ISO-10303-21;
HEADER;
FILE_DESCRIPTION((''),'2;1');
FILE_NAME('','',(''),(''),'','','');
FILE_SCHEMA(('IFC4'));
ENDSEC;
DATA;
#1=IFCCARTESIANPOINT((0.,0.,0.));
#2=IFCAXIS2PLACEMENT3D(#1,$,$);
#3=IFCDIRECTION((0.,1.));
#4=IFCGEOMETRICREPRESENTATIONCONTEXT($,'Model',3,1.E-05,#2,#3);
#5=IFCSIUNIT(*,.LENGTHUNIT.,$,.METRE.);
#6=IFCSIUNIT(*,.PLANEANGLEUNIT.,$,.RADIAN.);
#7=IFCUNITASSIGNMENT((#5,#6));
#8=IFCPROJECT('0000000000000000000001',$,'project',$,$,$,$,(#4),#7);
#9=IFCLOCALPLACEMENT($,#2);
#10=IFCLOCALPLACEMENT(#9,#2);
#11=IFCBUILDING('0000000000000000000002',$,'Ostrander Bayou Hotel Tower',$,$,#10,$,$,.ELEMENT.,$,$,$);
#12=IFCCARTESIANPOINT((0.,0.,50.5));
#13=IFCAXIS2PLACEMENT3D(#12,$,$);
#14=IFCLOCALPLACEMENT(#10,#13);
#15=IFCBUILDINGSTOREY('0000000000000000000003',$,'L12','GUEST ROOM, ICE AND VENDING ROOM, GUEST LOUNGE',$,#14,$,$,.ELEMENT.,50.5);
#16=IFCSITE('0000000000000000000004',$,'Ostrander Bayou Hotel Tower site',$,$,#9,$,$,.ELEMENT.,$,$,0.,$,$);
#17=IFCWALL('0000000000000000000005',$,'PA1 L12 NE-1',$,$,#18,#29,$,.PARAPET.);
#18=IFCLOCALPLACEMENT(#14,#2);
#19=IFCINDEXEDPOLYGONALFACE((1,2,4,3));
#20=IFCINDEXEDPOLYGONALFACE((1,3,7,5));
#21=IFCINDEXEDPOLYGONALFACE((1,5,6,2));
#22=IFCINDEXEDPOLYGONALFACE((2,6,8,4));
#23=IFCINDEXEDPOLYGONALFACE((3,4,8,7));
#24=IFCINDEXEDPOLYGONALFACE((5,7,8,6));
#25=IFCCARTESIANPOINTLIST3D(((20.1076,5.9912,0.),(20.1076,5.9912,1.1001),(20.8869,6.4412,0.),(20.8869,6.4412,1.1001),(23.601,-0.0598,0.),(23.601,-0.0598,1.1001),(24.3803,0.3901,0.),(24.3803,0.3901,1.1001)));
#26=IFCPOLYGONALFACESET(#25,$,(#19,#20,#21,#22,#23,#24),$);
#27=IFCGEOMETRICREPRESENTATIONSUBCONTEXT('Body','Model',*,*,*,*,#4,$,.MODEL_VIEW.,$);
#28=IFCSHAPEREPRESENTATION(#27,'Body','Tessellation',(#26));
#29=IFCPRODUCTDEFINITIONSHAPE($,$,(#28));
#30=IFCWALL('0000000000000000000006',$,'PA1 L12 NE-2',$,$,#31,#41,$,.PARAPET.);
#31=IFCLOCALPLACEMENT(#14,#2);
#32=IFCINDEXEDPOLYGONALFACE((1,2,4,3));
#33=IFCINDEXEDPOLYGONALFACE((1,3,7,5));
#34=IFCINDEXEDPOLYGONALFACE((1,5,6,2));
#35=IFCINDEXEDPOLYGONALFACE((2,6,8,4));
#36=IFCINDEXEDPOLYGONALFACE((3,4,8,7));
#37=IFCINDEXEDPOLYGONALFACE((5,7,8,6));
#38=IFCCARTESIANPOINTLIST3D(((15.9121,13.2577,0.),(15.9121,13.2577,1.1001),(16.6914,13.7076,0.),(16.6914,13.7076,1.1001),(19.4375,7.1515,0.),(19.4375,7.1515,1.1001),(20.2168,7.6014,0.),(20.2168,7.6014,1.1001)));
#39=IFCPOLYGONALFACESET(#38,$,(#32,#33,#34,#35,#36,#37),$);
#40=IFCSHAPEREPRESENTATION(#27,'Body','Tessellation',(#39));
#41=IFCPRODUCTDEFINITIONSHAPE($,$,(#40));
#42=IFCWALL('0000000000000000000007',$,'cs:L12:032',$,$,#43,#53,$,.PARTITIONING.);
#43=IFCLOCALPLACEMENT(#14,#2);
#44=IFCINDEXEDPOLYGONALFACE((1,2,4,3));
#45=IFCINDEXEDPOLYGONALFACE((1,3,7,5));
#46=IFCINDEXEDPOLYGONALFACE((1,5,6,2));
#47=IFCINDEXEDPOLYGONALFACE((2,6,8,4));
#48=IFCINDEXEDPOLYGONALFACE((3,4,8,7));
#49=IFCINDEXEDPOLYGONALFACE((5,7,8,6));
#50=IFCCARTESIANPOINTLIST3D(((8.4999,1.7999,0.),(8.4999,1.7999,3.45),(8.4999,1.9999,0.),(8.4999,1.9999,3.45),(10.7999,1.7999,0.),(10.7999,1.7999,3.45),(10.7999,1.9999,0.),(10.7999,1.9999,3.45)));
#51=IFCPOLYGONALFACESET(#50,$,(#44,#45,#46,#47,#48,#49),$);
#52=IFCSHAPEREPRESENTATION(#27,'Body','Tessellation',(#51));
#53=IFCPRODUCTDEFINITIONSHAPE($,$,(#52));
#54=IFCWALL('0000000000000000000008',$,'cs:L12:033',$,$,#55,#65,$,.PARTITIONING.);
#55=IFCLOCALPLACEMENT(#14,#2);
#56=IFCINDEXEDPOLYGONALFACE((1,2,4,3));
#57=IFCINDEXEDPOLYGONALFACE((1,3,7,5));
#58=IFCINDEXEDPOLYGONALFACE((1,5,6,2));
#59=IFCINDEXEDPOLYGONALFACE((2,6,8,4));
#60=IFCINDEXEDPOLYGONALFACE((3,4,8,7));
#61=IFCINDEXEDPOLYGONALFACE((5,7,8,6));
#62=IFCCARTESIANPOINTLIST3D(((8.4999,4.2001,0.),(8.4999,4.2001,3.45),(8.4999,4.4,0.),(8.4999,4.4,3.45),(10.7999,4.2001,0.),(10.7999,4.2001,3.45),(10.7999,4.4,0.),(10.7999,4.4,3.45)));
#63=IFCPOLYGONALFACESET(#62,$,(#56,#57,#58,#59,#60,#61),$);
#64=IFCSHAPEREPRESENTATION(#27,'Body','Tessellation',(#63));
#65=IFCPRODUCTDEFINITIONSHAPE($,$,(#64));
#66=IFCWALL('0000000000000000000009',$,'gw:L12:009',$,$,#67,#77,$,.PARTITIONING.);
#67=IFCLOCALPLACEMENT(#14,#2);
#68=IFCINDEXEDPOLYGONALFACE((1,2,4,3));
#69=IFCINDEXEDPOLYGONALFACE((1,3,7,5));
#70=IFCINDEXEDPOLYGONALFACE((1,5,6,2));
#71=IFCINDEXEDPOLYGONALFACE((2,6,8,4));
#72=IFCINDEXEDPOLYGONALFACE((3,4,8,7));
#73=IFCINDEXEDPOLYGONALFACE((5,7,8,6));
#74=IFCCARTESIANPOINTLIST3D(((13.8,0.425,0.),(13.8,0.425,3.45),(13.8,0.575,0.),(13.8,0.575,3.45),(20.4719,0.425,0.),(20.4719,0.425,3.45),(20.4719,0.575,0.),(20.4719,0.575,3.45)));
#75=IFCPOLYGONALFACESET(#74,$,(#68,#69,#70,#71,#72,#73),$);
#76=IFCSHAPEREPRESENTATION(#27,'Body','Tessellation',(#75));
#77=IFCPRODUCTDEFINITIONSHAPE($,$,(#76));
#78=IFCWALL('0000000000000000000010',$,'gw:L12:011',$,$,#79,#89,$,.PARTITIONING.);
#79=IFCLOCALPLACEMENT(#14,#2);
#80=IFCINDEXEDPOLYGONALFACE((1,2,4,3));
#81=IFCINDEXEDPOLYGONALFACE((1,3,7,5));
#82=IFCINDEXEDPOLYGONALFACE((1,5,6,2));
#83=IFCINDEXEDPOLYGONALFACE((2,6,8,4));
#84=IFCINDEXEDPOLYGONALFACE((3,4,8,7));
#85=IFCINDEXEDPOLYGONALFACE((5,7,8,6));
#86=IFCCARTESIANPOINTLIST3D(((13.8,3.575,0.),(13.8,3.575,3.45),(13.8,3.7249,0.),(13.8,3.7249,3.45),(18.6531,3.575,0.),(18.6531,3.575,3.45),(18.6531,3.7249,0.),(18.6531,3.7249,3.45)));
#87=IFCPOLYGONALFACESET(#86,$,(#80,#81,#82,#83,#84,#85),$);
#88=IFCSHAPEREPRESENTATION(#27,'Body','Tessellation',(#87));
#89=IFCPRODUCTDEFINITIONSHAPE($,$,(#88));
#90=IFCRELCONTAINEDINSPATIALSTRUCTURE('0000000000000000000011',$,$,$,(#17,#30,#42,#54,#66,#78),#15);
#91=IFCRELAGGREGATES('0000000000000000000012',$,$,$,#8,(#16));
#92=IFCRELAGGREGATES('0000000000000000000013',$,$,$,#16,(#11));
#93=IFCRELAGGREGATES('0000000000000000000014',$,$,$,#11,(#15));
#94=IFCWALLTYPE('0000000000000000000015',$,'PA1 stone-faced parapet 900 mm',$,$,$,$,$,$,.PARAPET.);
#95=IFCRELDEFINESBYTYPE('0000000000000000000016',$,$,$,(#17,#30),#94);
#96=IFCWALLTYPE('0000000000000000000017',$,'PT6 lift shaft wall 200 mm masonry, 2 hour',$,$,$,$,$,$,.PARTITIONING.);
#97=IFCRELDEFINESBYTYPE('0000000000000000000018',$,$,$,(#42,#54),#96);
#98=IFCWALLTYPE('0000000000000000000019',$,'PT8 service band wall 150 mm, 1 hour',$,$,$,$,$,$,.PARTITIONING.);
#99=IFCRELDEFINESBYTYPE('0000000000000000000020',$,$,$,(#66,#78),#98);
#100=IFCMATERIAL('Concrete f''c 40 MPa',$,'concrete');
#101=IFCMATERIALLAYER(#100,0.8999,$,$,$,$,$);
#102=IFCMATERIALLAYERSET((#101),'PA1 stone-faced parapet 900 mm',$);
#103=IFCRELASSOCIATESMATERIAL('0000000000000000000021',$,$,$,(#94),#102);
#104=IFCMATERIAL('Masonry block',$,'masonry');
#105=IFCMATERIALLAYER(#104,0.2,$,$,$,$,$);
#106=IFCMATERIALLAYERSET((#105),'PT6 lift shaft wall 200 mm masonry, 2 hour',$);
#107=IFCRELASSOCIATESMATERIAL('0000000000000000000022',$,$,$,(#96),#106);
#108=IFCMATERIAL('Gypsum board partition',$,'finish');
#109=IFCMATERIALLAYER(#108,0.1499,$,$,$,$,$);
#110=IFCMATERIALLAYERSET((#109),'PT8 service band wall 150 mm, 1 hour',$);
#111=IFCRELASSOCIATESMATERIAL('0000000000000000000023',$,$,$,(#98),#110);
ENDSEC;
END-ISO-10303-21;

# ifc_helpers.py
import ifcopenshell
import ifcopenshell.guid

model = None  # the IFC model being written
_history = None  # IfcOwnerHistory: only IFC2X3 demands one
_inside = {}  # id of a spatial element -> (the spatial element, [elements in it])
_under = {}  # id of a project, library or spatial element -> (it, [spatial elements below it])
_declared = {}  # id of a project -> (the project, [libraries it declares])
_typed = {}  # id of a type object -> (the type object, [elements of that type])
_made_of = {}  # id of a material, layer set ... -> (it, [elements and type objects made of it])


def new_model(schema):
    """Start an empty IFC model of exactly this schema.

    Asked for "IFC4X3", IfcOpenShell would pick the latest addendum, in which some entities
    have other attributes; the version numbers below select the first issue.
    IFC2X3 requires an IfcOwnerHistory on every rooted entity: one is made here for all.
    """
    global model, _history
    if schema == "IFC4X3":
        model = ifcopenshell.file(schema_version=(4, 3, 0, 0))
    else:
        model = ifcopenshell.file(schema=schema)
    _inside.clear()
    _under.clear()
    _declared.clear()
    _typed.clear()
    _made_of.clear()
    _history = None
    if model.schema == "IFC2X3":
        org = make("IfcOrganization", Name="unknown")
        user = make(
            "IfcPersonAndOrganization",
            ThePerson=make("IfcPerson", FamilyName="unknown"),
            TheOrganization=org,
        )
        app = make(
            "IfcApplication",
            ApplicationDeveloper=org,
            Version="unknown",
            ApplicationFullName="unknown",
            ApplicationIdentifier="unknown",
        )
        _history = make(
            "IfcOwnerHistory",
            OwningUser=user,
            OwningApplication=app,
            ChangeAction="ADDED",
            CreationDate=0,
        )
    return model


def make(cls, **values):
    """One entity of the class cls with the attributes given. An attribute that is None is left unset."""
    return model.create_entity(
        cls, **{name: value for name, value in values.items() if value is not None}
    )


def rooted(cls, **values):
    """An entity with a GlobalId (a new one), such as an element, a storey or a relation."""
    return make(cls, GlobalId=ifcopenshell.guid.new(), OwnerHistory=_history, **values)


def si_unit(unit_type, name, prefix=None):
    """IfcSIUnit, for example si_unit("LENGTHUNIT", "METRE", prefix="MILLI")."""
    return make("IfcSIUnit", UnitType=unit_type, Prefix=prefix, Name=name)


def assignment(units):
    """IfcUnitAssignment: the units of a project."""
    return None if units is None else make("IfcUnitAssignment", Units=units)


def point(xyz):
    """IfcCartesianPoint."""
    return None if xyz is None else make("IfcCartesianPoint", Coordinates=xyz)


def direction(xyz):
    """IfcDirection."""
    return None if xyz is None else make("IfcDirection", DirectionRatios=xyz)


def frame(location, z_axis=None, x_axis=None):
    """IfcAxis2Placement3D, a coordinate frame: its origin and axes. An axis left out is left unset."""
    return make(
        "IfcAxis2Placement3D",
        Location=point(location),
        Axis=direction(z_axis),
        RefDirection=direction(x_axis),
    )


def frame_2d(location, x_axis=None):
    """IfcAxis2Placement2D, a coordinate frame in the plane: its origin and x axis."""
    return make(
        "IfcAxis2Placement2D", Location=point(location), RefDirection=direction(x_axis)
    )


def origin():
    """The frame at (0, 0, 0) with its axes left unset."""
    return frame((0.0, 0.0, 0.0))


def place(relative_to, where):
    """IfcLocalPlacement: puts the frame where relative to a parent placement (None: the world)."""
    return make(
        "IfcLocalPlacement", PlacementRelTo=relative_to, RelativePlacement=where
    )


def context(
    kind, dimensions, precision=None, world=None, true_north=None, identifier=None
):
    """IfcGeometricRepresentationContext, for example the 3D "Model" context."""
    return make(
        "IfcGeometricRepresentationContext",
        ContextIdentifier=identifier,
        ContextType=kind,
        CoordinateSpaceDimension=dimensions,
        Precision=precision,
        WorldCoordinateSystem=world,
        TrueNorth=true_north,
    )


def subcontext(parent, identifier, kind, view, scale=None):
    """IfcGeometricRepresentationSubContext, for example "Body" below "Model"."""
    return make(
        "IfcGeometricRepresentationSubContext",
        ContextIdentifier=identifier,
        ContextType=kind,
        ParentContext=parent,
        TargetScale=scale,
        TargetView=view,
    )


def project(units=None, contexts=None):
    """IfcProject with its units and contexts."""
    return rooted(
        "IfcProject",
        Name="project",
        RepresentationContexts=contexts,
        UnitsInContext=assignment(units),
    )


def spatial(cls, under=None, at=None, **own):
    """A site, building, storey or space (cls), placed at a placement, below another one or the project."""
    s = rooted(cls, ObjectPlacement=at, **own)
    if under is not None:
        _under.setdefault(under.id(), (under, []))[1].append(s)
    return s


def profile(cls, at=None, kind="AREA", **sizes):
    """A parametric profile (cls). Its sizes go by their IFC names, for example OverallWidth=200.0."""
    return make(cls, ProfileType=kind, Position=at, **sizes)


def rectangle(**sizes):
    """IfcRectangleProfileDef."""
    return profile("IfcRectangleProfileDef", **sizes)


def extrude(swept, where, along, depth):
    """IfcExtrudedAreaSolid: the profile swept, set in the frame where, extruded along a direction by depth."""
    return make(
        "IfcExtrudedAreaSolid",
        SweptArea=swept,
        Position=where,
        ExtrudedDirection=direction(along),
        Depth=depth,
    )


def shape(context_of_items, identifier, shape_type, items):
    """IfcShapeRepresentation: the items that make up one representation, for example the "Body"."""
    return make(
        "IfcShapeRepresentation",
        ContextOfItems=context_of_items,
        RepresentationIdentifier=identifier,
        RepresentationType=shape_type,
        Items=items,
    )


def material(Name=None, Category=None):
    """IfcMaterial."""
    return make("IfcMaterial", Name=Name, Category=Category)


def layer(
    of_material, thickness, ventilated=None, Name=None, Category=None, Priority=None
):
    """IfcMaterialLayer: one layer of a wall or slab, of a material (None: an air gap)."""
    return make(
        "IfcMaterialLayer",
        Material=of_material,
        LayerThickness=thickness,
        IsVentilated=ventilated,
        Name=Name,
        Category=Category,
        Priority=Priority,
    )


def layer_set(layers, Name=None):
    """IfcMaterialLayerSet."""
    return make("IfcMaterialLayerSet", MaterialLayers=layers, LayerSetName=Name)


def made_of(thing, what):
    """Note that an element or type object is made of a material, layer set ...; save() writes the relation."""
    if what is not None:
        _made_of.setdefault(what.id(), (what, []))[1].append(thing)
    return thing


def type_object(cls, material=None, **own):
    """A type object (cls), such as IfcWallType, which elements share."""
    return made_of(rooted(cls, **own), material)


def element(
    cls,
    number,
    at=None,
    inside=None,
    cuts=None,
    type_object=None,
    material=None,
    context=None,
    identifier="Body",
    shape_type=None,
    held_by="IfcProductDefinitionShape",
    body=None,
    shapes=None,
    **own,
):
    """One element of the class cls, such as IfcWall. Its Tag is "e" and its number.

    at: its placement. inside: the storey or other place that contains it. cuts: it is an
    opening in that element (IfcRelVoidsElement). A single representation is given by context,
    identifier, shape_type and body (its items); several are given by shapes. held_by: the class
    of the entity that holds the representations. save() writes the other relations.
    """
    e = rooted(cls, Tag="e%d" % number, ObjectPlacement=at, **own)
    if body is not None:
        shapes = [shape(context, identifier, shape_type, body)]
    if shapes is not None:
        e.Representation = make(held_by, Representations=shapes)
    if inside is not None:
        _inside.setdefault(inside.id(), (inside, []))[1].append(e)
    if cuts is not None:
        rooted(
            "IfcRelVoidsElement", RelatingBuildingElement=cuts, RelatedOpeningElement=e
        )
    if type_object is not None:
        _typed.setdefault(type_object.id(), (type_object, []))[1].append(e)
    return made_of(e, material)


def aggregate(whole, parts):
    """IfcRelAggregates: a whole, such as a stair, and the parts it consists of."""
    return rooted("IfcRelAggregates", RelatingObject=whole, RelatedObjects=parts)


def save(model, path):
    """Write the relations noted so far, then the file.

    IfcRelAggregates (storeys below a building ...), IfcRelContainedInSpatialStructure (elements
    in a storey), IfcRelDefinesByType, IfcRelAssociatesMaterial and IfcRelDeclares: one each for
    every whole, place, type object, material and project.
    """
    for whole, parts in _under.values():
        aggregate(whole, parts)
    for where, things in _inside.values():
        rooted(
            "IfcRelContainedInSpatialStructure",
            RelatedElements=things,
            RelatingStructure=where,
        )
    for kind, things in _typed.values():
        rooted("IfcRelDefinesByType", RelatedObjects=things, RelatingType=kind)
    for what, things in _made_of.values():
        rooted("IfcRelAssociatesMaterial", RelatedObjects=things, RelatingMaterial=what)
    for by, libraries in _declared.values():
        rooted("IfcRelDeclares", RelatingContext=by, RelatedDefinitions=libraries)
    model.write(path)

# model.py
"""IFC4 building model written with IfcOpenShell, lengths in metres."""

from ifc_helpers import new_model, si_unit, direction, frame, frame_2d, origin, place, context, subcontext, project, spatial, rectangle, extrude, material, layer, layer_set, type_object, element, save


model = new_model("IFC4")

# Units and contexts
model_context = context("Model", 3, precision=1e-05, world=origin(), true_north=direction((0.0, 1.0)))
body_context = subcontext(model_context, "Body", "Model", "MODEL_VIEW")
ifc_project = project(units=[si_unit("LENGTHUNIT", "METRE"), si_unit("PLANEANGLEUNIT", "RADIAN")], contexts=[model_context])

# Site, building, storey
site_placement = place(None, origin())
site = spatial("IfcSite", under=ifc_project, at=site_placement, Name="Ostrander Bayou Hotel Tower site", CompositionType="ELEMENT", RefElevation=0.0)
building_placement = place(site_placement, origin())
building = spatial("IfcBuilding", under=site, at=building_placement, Name="Ostrander Bayou Hotel Tower", CompositionType="ELEMENT")
storey_placement = place(building_placement, frame((0.0, 0.0, 50.5)))
storey = spatial("IfcBuildingStorey", under=building, at=storey_placement, Name="L12", Description="GUEST ROOM, ICE AND VENDING ROOM, GUEST LOUNGE", CompositionType="ELEMENT", Elevation=50.5)

# Walls
ifc_material_1 = material(Name="Concrete f'c 40 MPa", Category="concrete")
ifc_layer_1 = layer(ifc_material_1, 0.8999)
ifc_layer_set_1 = layer_set([ifc_layer_1], Name="PA1 stone-faced parapet 900 mm")
wall_type_1 = type_object("IfcWallType", Name="PA1 stone-faced parapet 900 mm", PredefinedType="PARAPET", material=ifc_layer_set_1)
wall_1_placement = place(storey_placement, frame((23.9907, 0.165, 0.0), z_axis=(0.0, 0.0, 1.0), x_axis=(-0.499984, 0.866035, 0.0)))
element("IfcWall", 1, at=wall_1_placement, inside=storey, type_object=wall_type_1, Name="PA1 L12 NE-1", PredefinedType="PARAPET", context=body_context, shape_type="SweptSolid", body=[
    extrude(rectangle(XDim=6.9871, YDim=0.8999, at=frame_2d((3.4937, 0.0))), origin(), (0.0, 0.0, 1.0), 1.1001),
])
wall_2_placement = place(storey_placement, frame((19.8271, 7.3765, 0.0), z_axis=(0.0, 0.0, 1.0), x_axis=(-0.499997, 0.866027, 0.0)))
element("IfcWall", 2, at=wall_2_placement, inside=storey, type_object=wall_type_1, Name="PA1 L12 NE-2", PredefinedType="PARAPET", context=body_context, shape_type="SweptSolid", body=[
    extrude(rectangle(XDim=7.0508, YDim=0.8999, at=frame_2d((3.5254, 0.0))), origin(), (0.0, 0.0, 1.0), 1.1001),
])
ifc_material_2 = material(Name="Masonry block", Category="masonry")
ifc_layer_2 = layer(ifc_material_2, 0.2)
ifc_layer_set_2 = layer_set([ifc_layer_2], Name="PT6 lift shaft wall 200 mm masonry, 2 hour")
wall_type_2 = type_object("IfcWallType", Name="PT6 lift shaft wall 200 mm masonry, 2 hour", PredefinedType="PARTITIONING", material=ifc_layer_set_2)
for number, where, z_axis, x_axis, name in (
    (3, (8.5, 1.8999, 0.0), (0.0, 0.0, 1.0), (1.0, 0.0, 0.0), "cs:L12:032"),
    (4, (8.5, 4.3, 0.0), (0.0, 0.0, 1.0), (1.0, 0.0, 0.0), "cs:L12:033"),
):
    element("IfcWall", number, at=place(storey_placement, frame(where, z_axis=z_axis, x_axis=x_axis)), inside=storey, type_object=wall_type_2, Name=name, PredefinedType="PARTITIONING", context=body_context, shape_type="SweptSolid", body=[
        extrude(rectangle(XDim=2.3, YDim=0.2, at=frame_2d((1.1499, 0.0))), origin(), (0.0, 0.0, 1.0), 3.45),
    ])
ifc_material_3 = material(Name="Gypsum board partition", Category="finish")
ifc_layer_3 = layer(ifc_material_3, 0.1499)
ifc_layer_set_3 = layer_set([ifc_layer_3], Name="PT8 service band wall 150 mm, 1 hour")
wall_type_3 = type_object("IfcWallType", Name="PT8 service band wall 150 mm, 1 hour", PredefinedType="PARTITIONING", material=ifc_layer_set_3)
wall_3_placement = place(storey_placement, frame((13.8, 0.5, 0.0), z_axis=(0.0, 0.0, 1.0), x_axis=(1.0, 0.0, 0.0)))
element("IfcWall", 5, at=wall_3_placement, inside=storey, type_object=wall_type_3, Name="gw:L12:009", PredefinedType="PARTITIONING", context=body_context, shape_type="SweptSolid", body=[
    extrude(rectangle(XDim=6.6719, YDim=0.1499, at=frame_2d((3.3359, 0.0))), origin(), (0.0, 0.0, 1.0), 3.45),
])
wall_4_placement = place(storey_placement, frame((13.8, 3.6499, 0.0), z_axis=(0.0, 0.0, 1.0), x_axis=(1.0, 0.0, 0.0)))
element("IfcWall", 6, at=wall_4_placement, inside=storey, type_object=wall_type_3, Name="gw:L12:011", PredefinedType="PARTITIONING", context=body_context, shape_type="SweptSolid", body=[
    extrude(rectangle(XDim=4.853, YDim=0.1499, at=frame_2d((2.4265, 0.0))), origin(), (0.0, 0.0, 1.0), 3.45),
])

save(model, "model.ifc")
